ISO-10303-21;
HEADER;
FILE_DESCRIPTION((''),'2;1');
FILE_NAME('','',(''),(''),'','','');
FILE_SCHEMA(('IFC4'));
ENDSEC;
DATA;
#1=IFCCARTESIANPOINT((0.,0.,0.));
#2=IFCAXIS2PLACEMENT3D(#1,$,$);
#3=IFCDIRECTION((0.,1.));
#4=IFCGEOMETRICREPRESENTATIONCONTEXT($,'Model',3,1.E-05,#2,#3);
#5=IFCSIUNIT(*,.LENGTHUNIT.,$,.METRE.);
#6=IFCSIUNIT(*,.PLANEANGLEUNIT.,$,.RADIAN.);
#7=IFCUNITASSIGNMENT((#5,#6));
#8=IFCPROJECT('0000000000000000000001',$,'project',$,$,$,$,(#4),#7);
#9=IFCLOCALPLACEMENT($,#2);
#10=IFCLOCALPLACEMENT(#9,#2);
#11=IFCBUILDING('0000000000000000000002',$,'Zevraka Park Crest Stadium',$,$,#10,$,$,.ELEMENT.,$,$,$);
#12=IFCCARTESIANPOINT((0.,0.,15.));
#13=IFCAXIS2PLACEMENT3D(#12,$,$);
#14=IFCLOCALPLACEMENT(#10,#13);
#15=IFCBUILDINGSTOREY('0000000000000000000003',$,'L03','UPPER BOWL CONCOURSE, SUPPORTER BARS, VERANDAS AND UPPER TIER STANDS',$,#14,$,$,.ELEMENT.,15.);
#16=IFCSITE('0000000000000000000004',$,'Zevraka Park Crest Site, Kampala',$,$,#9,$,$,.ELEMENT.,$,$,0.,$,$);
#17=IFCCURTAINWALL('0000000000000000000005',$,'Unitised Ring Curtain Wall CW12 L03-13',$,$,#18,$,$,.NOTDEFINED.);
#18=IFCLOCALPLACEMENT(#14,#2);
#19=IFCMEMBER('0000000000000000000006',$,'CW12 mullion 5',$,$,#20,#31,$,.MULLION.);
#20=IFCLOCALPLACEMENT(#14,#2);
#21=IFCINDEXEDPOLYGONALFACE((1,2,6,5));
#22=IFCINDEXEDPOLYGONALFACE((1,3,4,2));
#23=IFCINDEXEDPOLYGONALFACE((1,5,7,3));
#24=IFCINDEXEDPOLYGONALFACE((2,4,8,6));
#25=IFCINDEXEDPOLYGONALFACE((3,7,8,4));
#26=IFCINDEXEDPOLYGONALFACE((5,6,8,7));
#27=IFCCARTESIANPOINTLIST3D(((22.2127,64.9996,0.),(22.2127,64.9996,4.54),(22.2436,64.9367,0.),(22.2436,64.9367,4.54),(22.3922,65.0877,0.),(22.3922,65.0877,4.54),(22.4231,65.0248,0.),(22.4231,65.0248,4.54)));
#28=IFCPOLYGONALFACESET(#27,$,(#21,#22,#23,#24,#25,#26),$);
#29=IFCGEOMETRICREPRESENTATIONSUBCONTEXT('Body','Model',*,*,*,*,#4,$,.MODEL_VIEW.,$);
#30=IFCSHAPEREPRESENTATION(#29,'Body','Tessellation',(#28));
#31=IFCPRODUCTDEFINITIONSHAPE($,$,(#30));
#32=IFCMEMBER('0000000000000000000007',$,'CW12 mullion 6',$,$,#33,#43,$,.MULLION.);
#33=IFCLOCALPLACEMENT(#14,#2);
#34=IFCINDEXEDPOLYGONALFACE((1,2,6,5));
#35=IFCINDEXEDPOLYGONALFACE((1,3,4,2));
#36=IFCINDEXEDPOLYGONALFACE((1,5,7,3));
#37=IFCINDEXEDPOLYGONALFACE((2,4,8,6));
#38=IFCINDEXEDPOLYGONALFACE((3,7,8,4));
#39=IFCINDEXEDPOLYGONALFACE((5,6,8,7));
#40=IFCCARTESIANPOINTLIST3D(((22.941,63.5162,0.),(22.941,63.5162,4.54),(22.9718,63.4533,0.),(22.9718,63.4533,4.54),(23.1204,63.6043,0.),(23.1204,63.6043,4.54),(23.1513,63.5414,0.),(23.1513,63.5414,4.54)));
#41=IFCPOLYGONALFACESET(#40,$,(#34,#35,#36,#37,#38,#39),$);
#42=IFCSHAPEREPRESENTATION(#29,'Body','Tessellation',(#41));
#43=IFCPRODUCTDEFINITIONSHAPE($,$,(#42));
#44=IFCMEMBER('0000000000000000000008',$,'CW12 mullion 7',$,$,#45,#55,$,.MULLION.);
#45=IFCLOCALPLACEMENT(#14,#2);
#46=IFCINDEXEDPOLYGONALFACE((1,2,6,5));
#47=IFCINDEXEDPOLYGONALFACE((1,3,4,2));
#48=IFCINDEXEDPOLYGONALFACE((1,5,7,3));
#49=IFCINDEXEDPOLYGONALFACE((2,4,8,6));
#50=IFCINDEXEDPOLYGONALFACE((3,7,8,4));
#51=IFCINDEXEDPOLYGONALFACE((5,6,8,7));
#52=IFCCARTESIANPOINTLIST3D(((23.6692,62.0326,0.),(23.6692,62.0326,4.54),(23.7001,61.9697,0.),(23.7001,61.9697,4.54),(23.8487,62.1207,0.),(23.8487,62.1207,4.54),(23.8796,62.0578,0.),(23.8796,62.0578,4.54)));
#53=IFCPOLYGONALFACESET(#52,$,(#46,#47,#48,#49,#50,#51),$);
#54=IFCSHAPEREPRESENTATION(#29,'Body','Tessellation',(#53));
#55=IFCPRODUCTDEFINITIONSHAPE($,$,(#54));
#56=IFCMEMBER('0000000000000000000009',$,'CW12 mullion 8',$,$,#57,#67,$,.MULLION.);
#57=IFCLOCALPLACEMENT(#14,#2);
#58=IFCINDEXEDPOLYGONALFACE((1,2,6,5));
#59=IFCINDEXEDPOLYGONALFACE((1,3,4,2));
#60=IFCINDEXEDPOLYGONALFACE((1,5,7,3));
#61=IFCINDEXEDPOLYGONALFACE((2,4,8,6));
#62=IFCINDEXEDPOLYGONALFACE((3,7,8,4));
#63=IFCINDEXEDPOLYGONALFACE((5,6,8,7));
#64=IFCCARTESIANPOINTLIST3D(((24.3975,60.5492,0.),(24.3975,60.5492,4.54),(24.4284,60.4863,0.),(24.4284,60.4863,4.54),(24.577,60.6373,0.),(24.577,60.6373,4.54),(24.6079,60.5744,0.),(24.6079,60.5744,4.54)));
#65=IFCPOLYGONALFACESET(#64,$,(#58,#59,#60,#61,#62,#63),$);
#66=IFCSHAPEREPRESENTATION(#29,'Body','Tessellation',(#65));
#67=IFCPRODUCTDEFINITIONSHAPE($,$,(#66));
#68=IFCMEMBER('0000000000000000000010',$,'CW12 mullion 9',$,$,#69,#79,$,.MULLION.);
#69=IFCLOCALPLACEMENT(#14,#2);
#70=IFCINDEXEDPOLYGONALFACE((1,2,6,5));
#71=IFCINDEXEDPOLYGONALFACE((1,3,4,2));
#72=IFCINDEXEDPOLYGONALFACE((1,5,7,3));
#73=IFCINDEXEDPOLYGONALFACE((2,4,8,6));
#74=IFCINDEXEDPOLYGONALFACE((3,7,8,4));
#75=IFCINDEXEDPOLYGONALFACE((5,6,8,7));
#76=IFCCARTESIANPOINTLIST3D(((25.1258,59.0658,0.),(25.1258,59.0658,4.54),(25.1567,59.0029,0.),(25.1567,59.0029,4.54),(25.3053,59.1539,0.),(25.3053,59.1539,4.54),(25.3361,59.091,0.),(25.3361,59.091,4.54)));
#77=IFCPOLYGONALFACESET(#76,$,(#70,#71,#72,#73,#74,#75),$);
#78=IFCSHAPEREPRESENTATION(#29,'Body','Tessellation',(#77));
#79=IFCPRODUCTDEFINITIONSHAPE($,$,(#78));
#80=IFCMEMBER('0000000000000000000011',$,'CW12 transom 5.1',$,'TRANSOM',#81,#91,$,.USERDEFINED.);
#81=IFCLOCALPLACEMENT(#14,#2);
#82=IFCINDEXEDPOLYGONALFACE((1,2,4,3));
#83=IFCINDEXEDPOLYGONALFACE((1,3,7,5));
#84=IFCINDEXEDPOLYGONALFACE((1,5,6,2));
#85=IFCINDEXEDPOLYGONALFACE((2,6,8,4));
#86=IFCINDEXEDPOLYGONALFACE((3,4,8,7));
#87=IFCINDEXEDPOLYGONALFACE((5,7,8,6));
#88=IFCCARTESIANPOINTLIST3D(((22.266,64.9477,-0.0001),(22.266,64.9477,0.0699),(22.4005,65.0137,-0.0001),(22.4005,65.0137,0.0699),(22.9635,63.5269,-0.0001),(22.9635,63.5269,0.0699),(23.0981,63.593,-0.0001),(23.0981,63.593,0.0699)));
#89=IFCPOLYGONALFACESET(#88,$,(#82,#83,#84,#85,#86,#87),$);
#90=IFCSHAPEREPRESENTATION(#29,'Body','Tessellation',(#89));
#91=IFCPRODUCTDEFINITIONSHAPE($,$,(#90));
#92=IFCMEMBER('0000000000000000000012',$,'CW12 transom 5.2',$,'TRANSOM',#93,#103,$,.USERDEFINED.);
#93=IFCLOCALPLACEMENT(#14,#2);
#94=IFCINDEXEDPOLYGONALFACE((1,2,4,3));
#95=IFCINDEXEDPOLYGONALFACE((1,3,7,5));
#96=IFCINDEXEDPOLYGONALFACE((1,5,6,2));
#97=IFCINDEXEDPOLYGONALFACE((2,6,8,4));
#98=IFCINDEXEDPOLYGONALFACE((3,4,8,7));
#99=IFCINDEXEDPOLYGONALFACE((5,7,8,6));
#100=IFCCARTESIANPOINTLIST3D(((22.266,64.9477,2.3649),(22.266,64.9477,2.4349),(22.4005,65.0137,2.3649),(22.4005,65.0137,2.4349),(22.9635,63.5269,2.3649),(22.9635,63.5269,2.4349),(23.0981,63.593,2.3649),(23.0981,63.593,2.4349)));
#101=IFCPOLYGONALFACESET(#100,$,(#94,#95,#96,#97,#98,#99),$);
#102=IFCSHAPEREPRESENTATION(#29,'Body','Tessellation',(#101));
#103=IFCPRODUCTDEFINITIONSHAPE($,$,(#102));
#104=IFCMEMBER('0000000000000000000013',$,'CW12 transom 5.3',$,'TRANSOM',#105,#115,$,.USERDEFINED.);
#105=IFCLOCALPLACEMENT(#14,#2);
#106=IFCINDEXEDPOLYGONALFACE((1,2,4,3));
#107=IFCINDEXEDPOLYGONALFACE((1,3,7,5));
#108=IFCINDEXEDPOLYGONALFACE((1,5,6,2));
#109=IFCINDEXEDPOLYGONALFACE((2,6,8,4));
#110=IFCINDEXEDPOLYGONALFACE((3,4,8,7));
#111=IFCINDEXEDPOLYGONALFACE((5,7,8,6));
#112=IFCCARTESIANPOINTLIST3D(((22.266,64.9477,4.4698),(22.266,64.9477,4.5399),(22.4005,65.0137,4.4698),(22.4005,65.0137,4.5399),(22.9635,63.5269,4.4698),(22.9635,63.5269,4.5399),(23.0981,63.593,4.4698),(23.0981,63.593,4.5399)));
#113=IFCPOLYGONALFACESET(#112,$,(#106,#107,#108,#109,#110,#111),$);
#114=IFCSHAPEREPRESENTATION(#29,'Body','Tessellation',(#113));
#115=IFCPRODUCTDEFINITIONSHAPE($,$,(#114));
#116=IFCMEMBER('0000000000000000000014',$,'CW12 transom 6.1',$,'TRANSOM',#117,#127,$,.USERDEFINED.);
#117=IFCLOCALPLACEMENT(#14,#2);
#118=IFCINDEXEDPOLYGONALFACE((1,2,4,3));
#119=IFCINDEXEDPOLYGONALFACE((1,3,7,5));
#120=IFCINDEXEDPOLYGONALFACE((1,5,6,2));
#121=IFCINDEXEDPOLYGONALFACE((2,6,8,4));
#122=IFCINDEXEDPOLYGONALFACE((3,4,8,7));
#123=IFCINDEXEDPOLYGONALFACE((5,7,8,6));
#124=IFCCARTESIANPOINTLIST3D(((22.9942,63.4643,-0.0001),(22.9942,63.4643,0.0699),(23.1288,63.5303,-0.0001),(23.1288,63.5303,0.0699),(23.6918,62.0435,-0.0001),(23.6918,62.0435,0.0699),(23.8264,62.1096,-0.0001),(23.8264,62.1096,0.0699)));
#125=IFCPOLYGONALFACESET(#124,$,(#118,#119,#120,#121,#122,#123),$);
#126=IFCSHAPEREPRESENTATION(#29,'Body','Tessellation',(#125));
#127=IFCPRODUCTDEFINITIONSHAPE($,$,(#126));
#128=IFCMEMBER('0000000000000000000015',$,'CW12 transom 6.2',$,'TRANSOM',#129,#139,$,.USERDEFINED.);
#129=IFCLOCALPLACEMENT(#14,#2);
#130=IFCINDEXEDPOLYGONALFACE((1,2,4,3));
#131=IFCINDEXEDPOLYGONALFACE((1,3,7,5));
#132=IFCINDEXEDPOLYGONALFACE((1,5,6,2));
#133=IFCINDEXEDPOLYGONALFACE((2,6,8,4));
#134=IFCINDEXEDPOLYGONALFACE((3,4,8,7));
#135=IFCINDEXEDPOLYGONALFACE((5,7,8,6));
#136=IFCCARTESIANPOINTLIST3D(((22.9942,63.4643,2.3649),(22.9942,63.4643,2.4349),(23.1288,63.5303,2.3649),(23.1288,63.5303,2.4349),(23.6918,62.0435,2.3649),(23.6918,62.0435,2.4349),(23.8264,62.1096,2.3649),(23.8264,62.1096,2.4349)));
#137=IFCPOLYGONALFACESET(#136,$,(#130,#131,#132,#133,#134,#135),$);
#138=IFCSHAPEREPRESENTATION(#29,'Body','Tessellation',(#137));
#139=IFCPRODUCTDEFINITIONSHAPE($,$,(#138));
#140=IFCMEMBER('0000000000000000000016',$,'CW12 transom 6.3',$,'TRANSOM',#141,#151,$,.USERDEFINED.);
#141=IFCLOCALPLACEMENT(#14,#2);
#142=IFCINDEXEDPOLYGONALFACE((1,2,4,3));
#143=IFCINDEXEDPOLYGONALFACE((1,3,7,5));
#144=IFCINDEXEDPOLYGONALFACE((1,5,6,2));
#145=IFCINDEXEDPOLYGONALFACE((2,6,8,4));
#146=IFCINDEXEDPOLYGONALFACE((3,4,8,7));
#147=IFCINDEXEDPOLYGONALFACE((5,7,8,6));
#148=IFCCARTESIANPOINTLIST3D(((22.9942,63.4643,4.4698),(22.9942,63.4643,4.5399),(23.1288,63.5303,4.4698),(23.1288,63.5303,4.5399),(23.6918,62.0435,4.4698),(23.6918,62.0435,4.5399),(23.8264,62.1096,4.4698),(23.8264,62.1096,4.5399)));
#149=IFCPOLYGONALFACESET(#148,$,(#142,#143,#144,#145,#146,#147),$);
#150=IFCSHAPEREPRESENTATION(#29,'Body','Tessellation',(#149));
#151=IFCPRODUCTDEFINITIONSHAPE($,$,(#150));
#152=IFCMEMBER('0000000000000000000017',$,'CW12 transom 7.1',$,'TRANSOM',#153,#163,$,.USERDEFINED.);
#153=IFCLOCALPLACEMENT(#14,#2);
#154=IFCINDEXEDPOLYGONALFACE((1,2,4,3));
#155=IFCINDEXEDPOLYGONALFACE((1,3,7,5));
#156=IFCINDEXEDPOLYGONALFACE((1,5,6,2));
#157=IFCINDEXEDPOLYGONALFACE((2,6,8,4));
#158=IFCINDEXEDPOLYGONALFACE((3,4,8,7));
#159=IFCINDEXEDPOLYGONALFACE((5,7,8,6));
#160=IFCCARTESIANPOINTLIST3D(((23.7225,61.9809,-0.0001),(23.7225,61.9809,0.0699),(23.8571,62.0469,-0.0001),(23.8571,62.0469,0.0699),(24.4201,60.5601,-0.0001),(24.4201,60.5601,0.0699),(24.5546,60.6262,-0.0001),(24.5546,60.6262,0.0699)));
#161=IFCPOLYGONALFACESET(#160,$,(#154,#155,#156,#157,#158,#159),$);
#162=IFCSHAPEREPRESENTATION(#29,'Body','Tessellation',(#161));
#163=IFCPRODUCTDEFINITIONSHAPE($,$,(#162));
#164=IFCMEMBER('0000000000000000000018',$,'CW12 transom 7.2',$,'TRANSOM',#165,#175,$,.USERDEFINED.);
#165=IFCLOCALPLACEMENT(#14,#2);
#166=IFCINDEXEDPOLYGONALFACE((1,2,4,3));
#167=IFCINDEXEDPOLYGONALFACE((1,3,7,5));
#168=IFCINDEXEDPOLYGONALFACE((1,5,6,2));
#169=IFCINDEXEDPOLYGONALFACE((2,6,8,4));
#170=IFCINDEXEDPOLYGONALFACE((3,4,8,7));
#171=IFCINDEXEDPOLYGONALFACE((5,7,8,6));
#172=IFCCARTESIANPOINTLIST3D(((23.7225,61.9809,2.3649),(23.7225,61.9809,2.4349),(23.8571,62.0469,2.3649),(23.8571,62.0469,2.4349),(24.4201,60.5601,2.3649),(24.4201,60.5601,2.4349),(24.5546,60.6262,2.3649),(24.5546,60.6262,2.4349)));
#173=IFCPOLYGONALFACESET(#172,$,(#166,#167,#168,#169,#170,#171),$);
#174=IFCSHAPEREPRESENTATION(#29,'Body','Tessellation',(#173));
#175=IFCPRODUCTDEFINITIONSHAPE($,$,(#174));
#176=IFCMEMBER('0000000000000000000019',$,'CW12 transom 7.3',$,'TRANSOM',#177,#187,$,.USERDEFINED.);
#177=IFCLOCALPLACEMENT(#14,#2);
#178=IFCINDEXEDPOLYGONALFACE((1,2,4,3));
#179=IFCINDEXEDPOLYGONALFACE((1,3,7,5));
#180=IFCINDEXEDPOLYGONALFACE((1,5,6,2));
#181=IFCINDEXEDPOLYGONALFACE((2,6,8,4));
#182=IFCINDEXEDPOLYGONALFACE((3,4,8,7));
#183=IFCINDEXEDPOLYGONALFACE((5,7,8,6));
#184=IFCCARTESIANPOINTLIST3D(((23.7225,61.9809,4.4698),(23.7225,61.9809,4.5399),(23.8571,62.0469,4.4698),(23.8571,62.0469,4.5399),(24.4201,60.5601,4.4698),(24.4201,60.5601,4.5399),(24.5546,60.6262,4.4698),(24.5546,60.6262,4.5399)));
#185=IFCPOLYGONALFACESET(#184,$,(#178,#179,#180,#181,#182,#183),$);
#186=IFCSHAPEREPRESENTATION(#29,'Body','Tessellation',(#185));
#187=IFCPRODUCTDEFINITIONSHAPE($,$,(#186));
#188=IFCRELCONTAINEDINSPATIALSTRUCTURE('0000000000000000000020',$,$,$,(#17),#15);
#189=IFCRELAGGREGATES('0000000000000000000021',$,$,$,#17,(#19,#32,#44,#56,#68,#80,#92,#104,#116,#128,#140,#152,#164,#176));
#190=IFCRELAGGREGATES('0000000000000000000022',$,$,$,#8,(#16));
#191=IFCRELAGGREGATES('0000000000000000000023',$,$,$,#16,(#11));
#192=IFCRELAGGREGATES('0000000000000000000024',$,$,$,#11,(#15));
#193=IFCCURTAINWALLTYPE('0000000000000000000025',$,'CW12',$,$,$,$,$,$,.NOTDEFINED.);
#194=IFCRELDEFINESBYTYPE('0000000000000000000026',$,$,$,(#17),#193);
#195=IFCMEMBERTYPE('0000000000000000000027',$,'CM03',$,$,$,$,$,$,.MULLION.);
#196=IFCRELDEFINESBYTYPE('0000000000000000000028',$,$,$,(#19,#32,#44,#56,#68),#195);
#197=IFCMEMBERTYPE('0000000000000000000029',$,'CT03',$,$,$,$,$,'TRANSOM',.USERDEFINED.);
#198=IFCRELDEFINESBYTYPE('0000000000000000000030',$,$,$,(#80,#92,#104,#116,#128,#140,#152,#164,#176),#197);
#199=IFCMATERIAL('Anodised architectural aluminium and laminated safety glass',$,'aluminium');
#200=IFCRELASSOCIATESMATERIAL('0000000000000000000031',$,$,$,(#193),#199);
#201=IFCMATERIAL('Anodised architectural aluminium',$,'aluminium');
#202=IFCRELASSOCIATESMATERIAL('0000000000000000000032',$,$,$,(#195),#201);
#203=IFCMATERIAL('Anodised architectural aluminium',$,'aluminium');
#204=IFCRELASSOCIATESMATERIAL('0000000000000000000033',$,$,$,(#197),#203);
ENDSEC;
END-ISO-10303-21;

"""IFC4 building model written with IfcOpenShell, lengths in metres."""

from ifc_helpers import new_model, si_unit, direction, frame, origin, origin_2d, place, context, subcontext, project, spatial, rectangle, extrude, material, material_profile, profile_set, type_object, element, aggregate, save


model = new_model("IFC4")

# Units and contexts
model_context = context("Model", 3, precision=1e-05, world=origin(), true_north=direction((0.0, 1.0)))
body_context = subcontext(model_context, "Body", "Model", "MODEL_VIEW")
ifc_project = project(units=[si_unit("LENGTHUNIT", "METRE"), si_unit("PLANEANGLEUNIT", "RADIAN")], contexts=[model_context])

# Site, building, storey
site_placement = place(None, origin())
site = spatial("IfcSite", under=ifc_project, at=site_placement, Name="Zevraka Park Crest Site, Kampala", CompositionType="ELEMENT", RefElevation=0.0)
building_placement = place(site_placement, origin())
building = spatial("IfcBuilding", under=site, at=building_placement, Name="Zevraka Park Crest Stadium", CompositionType="ELEMENT")
storey_placement = place(building_placement, frame((0.0, 0.0, 15.0)))
storey = spatial("IfcBuildingStorey", under=building, at=storey_placement, Name="L03", Description="UPPER BOWL CONCOURSE, SUPPORTER BARS, VERANDAS AND UPPER TIER STANDS", CompositionType="ELEMENT", Elevation=15.0)

# Curtain wall, members
ifc_material_1 = material(Name="Anodised architectural aluminium and laminated safety glass", Category="aluminium")
curtain_wall_type = type_object("IfcCurtainWallType", Name="CW12", PredefinedType="NOTDEFINED", material=ifc_material_1)
curtain_wall_placement = place(storey_placement, origin())
curtain_wall = element("IfcCurtainWall", 1, at=curtain_wall_placement, inside=storey, type_object=curtain_wall_type, Name="Unitised Ring Curtain Wall CW12 L03-13", PredefinedType="NOTDEFINED")
ifc_material_2 = material(Name="Anodised architectural aluminium", Category="aluminium")
ifc_material_profile_1 = material_profile(ifc_material_2, rectangle(XDim=0.2, YDim=0.0701, at=origin_2d()), Name="ALU MULLION 200x70")
ifc_profile_set_1 = profile_set([ifc_material_profile_1], Name="Anodised architectural aluminium")
member_type_1 = type_object("IfcMemberType", Name="CM03", PredefinedType="MULLION", material=ifc_profile_set_1)
member_1_placement = place(storey_placement, frame((22.3179, 65.0122, 0.0), z_axis=(0.0, 0.0, 1.0), x_axis=(0.897671, 0.440666, 0.0)))
member_1 = element("IfcMember", 2, at=member_1_placement, type_object=member_type_1, Name="CW12 mullion 5", PredefinedType="MULLION", context=body_context, shape_type="SweptSolid", body=[
    extrude(rectangle(XDim=0.2, YDim=0.0701, at=origin_2d()), origin(), (0.0, 0.0, 1.0), 4.54),
])
member_2_placement = place(storey_placement, frame((23.0461, 63.5288, 0.0), z_axis=(0.0, 0.0, 1.0), x_axis=(0.897671, 0.440666, 0.0)))
member_2 = element("IfcMember", 3, at=member_2_placement, type_object=member_type_1, Name="CW12 mullion 6", PredefinedType="MULLION", context=body_context, shape_type="SweptSolid", body=[
    extrude(rectangle(XDim=0.2, YDim=0.0701, at=origin_2d()), origin(), (0.0, 0.0, 1.0), 4.54),
])
member_3_placement = place(storey_placement, frame((23.7744, 62.0452, 0.0), z_axis=(0.0, 0.0, 1.0), x_axis=(0.897671, 0.440666, 0.0)))
member_3 = element("IfcMember", 4, at=member_3_placement, type_object=member_type_1, Name="CW12 mullion 7", PredefinedType="MULLION", context=body_context, shape_type="SweptSolid", body=[
    extrude(rectangle(XDim=0.2, YDim=0.0701, at=origin_2d()), origin(), (0.0, 0.0, 1.0), 4.54),
])
member_4_placement = place(storey_placement, frame((24.5027, 60.5618, 0.0), z_axis=(0.0, 0.0, 1.0), x_axis=(0.897671, 0.440666, 0.0)))
member_4 = element("IfcMember", 5, at=member_4_placement, type_object=member_type_1, Name="CW12 mullion 8", PredefinedType="MULLION", context=body_context, shape_type="SweptSolid", body=[
    extrude(rectangle(XDim=0.2, YDim=0.0701, at=origin_2d()), origin(), (0.0, 0.0, 1.0), 4.54),
])
member_5_placement = place(storey_placement, frame((25.231, 59.0784, 0.0), z_axis=(0.0, 0.0, 1.0), x_axis=(0.897671, 0.440666, 0.0)))
member_5 = element("IfcMember", 6, at=member_5_placement, type_object=member_type_1, Name="CW12 mullion 9", PredefinedType="MULLION", context=body_context, shape_type="SweptSolid", body=[
    extrude(rectangle(XDim=0.2, YDim=0.0701, at=origin_2d()), origin(), (0.0, 0.0, 1.0), 4.54),
])
ifc_material_3 = material(Name="Anodised architectural aluminium", Category="aluminium")
ifc_material_profile_2 = material_profile(ifc_material_3, rectangle(XDim=0.1499, YDim=0.0701, at=origin_2d()), Name="ALU TRANSOM 150x70")
ifc_profile_set_2 = profile_set([ifc_material_profile_2], Name="Anodised architectural aluminium")
member_type_2 = type_object("IfcMemberType", Name="CT03", ElementType="TRANSOM", PredefinedType="USERDEFINED", material=ifc_profile_set_2)
member_6_placement = place(storey_placement, frame((22.3333, 64.9807, 0.0349), z_axis=(0.440723, -0.897643, 0.0), x_axis=(0.897643, 0.440723, 0.0)))
member_6 = element("IfcMember", 7, at=member_6_placement, type_object=member_type_2, Name="CW12 transom 5.1", ObjectType="TRANSOM", PredefinedType="USERDEFINED", context=body_context, shape_type="SweptSolid", body=[
    extrude(rectangle(XDim=0.1499, YDim=0.0701, at=origin_2d()), origin(), (0.0, 0.0, 1.0), 1.5828),
])
member_7_placement = place(storey_placement, frame((22.3333, 64.9807, 2.3999), z_axis=(0.440723, -0.897643, 0.0), x_axis=(0.897643, 0.440723, 0.0)))
member_7 = element("IfcMember", 8, at=member_7_placement, type_object=member_type_2, Name="CW12 transom 5.2", ObjectType="TRANSOM", PredefinedType="USERDEFINED", context=body_context, shape_type="SweptSolid", body=[
    extrude(rectangle(XDim=0.1499, YDim=0.0701, at=origin_2d()), origin(), (0.0, 0.0, 1.0), 1.5828),
])
member_8_placement = place(storey_placement, frame((22.3333, 64.9807, 4.5049), z_axis=(0.440723, -0.897643, 0.0), x_axis=(0.897643, 0.440723, 0.0)))
member_8 = element("IfcMember", 9, at=member_8_placement, type_object=member_type_2, Name="CW12 transom 5.3", ObjectType="TRANSOM", PredefinedType="USERDEFINED", context=body_context, shape_type="SweptSolid", body=[
    extrude(rectangle(XDim=0.1499, YDim=0.0701, at=origin_2d()), origin(), (0.0, 0.0, 1.0), 1.5828),
])
member_9_placement = place(storey_placement, frame((23.0615, 63.4973, 0.0349), z_axis=(0.440723, -0.897643, 0.0), x_axis=(0.897643, 0.440723, 0.0)))
member_9 = element("IfcMember", 10, at=member_9_placement, type_object=member_type_2, Name="CW12 transom 6.1", ObjectType="TRANSOM", PredefinedType="USERDEFINED", context=body_context, shape_type="SweptSolid", body=[
    extrude(rectangle(XDim=0.1499, YDim=0.0701, at=origin_2d()), origin(), (0.0, 0.0, 1.0), 1.5828),
])
member_10_placement = place(storey_placement, frame((23.0615, 63.4973, 2.3999), z_axis=(0.440723, -0.897643, 0.0), x_axis=(0.897643, 0.440723, 0.0)))
member_10 = element("IfcMember", 11, at=member_10_placement, type_object=member_type_2, Name="CW12 transom 6.2", ObjectType="TRANSOM", PredefinedType="USERDEFINED", context=body_context, shape_type="SweptSolid", body=[
    extrude(rectangle(XDim=0.1499, YDim=0.0701, at=origin_2d()), origin(), (0.0, 0.0, 1.0), 1.5828),
])
member_11_placement = place(storey_placement, frame((23.0615, 63.4973, 4.5049), z_axis=(0.440723, -0.897643, 0.0), x_axis=(0.897643, 0.440723, 0.0)))
member_11 = element("IfcMember", 12, at=member_11_placement, type_object=member_type_2, Name="CW12 transom 6.3", ObjectType="TRANSOM", PredefinedType="USERDEFINED", context=body_context, shape_type="SweptSolid", body=[
    extrude(rectangle(XDim=0.1499, YDim=0.0701, at=origin_2d()), origin(), (0.0, 0.0, 1.0), 1.5828),
])
member_12_placement = place(storey_placement, frame((23.7898, 62.0139, 0.0349), z_axis=(0.440723, -0.897643, 0.0), x_axis=(0.897643, 0.440723, 0.0)))
member_12 = element("IfcMember", 13, at=member_12_placement, type_object=member_type_2, Name="CW12 transom 7.1", ObjectType="TRANSOM", PredefinedType="USERDEFINED", context=body_context, shape_type="SweptSolid", body=[
    extrude(rectangle(XDim=0.1499, YDim=0.0701, at=origin_2d()), origin(), (0.0, 0.0, 1.0), 1.5828),
])
member_13_placement = place(storey_placement, frame((23.7898, 62.0139, 2.3999), z_axis=(0.440723, -0.897643, 0.0), x_axis=(0.897643, 0.440723, 0.0)))
member_13 = element("IfcMember", 14, at=member_13_placement, type_object=member_type_2, Name="CW12 transom 7.2", ObjectType="TRANSOM", PredefinedType="USERDEFINED", context=body_context, shape_type="SweptSolid", body=[
    extrude(rectangle(XDim=0.1499, YDim=0.0701, at=origin_2d()), origin(), (0.0, 0.0, 1.0), 1.5828),
])
member_14_placement = place(storey_placement, frame((23.7898, 62.0139, 4.5049), z_axis=(0.440723, -0.897643, 0.0), x_axis=(0.897643, 0.440723, 0.0)))
member_14 = element("IfcMember", 15, at=member_14_placement, type_object=member_type_2, Name="CW12 transom 7.3", ObjectType="TRANSOM", PredefinedType="USERDEFINED", context=body_context, shape_type="SweptSolid", body=[
    extrude(rectangle(XDim=0.1499, YDim=0.0701, at=origin_2d()), origin(), (0.0, 0.0, 1.0), 1.5828),
])
aggregate(curtain_wall, [member_1, member_2, member_3, member_4, member_5, member_6, member_7, member_8, member_9, member_10, member_11, member_12, member_13, member_14])

save(model, "model.ifc")
